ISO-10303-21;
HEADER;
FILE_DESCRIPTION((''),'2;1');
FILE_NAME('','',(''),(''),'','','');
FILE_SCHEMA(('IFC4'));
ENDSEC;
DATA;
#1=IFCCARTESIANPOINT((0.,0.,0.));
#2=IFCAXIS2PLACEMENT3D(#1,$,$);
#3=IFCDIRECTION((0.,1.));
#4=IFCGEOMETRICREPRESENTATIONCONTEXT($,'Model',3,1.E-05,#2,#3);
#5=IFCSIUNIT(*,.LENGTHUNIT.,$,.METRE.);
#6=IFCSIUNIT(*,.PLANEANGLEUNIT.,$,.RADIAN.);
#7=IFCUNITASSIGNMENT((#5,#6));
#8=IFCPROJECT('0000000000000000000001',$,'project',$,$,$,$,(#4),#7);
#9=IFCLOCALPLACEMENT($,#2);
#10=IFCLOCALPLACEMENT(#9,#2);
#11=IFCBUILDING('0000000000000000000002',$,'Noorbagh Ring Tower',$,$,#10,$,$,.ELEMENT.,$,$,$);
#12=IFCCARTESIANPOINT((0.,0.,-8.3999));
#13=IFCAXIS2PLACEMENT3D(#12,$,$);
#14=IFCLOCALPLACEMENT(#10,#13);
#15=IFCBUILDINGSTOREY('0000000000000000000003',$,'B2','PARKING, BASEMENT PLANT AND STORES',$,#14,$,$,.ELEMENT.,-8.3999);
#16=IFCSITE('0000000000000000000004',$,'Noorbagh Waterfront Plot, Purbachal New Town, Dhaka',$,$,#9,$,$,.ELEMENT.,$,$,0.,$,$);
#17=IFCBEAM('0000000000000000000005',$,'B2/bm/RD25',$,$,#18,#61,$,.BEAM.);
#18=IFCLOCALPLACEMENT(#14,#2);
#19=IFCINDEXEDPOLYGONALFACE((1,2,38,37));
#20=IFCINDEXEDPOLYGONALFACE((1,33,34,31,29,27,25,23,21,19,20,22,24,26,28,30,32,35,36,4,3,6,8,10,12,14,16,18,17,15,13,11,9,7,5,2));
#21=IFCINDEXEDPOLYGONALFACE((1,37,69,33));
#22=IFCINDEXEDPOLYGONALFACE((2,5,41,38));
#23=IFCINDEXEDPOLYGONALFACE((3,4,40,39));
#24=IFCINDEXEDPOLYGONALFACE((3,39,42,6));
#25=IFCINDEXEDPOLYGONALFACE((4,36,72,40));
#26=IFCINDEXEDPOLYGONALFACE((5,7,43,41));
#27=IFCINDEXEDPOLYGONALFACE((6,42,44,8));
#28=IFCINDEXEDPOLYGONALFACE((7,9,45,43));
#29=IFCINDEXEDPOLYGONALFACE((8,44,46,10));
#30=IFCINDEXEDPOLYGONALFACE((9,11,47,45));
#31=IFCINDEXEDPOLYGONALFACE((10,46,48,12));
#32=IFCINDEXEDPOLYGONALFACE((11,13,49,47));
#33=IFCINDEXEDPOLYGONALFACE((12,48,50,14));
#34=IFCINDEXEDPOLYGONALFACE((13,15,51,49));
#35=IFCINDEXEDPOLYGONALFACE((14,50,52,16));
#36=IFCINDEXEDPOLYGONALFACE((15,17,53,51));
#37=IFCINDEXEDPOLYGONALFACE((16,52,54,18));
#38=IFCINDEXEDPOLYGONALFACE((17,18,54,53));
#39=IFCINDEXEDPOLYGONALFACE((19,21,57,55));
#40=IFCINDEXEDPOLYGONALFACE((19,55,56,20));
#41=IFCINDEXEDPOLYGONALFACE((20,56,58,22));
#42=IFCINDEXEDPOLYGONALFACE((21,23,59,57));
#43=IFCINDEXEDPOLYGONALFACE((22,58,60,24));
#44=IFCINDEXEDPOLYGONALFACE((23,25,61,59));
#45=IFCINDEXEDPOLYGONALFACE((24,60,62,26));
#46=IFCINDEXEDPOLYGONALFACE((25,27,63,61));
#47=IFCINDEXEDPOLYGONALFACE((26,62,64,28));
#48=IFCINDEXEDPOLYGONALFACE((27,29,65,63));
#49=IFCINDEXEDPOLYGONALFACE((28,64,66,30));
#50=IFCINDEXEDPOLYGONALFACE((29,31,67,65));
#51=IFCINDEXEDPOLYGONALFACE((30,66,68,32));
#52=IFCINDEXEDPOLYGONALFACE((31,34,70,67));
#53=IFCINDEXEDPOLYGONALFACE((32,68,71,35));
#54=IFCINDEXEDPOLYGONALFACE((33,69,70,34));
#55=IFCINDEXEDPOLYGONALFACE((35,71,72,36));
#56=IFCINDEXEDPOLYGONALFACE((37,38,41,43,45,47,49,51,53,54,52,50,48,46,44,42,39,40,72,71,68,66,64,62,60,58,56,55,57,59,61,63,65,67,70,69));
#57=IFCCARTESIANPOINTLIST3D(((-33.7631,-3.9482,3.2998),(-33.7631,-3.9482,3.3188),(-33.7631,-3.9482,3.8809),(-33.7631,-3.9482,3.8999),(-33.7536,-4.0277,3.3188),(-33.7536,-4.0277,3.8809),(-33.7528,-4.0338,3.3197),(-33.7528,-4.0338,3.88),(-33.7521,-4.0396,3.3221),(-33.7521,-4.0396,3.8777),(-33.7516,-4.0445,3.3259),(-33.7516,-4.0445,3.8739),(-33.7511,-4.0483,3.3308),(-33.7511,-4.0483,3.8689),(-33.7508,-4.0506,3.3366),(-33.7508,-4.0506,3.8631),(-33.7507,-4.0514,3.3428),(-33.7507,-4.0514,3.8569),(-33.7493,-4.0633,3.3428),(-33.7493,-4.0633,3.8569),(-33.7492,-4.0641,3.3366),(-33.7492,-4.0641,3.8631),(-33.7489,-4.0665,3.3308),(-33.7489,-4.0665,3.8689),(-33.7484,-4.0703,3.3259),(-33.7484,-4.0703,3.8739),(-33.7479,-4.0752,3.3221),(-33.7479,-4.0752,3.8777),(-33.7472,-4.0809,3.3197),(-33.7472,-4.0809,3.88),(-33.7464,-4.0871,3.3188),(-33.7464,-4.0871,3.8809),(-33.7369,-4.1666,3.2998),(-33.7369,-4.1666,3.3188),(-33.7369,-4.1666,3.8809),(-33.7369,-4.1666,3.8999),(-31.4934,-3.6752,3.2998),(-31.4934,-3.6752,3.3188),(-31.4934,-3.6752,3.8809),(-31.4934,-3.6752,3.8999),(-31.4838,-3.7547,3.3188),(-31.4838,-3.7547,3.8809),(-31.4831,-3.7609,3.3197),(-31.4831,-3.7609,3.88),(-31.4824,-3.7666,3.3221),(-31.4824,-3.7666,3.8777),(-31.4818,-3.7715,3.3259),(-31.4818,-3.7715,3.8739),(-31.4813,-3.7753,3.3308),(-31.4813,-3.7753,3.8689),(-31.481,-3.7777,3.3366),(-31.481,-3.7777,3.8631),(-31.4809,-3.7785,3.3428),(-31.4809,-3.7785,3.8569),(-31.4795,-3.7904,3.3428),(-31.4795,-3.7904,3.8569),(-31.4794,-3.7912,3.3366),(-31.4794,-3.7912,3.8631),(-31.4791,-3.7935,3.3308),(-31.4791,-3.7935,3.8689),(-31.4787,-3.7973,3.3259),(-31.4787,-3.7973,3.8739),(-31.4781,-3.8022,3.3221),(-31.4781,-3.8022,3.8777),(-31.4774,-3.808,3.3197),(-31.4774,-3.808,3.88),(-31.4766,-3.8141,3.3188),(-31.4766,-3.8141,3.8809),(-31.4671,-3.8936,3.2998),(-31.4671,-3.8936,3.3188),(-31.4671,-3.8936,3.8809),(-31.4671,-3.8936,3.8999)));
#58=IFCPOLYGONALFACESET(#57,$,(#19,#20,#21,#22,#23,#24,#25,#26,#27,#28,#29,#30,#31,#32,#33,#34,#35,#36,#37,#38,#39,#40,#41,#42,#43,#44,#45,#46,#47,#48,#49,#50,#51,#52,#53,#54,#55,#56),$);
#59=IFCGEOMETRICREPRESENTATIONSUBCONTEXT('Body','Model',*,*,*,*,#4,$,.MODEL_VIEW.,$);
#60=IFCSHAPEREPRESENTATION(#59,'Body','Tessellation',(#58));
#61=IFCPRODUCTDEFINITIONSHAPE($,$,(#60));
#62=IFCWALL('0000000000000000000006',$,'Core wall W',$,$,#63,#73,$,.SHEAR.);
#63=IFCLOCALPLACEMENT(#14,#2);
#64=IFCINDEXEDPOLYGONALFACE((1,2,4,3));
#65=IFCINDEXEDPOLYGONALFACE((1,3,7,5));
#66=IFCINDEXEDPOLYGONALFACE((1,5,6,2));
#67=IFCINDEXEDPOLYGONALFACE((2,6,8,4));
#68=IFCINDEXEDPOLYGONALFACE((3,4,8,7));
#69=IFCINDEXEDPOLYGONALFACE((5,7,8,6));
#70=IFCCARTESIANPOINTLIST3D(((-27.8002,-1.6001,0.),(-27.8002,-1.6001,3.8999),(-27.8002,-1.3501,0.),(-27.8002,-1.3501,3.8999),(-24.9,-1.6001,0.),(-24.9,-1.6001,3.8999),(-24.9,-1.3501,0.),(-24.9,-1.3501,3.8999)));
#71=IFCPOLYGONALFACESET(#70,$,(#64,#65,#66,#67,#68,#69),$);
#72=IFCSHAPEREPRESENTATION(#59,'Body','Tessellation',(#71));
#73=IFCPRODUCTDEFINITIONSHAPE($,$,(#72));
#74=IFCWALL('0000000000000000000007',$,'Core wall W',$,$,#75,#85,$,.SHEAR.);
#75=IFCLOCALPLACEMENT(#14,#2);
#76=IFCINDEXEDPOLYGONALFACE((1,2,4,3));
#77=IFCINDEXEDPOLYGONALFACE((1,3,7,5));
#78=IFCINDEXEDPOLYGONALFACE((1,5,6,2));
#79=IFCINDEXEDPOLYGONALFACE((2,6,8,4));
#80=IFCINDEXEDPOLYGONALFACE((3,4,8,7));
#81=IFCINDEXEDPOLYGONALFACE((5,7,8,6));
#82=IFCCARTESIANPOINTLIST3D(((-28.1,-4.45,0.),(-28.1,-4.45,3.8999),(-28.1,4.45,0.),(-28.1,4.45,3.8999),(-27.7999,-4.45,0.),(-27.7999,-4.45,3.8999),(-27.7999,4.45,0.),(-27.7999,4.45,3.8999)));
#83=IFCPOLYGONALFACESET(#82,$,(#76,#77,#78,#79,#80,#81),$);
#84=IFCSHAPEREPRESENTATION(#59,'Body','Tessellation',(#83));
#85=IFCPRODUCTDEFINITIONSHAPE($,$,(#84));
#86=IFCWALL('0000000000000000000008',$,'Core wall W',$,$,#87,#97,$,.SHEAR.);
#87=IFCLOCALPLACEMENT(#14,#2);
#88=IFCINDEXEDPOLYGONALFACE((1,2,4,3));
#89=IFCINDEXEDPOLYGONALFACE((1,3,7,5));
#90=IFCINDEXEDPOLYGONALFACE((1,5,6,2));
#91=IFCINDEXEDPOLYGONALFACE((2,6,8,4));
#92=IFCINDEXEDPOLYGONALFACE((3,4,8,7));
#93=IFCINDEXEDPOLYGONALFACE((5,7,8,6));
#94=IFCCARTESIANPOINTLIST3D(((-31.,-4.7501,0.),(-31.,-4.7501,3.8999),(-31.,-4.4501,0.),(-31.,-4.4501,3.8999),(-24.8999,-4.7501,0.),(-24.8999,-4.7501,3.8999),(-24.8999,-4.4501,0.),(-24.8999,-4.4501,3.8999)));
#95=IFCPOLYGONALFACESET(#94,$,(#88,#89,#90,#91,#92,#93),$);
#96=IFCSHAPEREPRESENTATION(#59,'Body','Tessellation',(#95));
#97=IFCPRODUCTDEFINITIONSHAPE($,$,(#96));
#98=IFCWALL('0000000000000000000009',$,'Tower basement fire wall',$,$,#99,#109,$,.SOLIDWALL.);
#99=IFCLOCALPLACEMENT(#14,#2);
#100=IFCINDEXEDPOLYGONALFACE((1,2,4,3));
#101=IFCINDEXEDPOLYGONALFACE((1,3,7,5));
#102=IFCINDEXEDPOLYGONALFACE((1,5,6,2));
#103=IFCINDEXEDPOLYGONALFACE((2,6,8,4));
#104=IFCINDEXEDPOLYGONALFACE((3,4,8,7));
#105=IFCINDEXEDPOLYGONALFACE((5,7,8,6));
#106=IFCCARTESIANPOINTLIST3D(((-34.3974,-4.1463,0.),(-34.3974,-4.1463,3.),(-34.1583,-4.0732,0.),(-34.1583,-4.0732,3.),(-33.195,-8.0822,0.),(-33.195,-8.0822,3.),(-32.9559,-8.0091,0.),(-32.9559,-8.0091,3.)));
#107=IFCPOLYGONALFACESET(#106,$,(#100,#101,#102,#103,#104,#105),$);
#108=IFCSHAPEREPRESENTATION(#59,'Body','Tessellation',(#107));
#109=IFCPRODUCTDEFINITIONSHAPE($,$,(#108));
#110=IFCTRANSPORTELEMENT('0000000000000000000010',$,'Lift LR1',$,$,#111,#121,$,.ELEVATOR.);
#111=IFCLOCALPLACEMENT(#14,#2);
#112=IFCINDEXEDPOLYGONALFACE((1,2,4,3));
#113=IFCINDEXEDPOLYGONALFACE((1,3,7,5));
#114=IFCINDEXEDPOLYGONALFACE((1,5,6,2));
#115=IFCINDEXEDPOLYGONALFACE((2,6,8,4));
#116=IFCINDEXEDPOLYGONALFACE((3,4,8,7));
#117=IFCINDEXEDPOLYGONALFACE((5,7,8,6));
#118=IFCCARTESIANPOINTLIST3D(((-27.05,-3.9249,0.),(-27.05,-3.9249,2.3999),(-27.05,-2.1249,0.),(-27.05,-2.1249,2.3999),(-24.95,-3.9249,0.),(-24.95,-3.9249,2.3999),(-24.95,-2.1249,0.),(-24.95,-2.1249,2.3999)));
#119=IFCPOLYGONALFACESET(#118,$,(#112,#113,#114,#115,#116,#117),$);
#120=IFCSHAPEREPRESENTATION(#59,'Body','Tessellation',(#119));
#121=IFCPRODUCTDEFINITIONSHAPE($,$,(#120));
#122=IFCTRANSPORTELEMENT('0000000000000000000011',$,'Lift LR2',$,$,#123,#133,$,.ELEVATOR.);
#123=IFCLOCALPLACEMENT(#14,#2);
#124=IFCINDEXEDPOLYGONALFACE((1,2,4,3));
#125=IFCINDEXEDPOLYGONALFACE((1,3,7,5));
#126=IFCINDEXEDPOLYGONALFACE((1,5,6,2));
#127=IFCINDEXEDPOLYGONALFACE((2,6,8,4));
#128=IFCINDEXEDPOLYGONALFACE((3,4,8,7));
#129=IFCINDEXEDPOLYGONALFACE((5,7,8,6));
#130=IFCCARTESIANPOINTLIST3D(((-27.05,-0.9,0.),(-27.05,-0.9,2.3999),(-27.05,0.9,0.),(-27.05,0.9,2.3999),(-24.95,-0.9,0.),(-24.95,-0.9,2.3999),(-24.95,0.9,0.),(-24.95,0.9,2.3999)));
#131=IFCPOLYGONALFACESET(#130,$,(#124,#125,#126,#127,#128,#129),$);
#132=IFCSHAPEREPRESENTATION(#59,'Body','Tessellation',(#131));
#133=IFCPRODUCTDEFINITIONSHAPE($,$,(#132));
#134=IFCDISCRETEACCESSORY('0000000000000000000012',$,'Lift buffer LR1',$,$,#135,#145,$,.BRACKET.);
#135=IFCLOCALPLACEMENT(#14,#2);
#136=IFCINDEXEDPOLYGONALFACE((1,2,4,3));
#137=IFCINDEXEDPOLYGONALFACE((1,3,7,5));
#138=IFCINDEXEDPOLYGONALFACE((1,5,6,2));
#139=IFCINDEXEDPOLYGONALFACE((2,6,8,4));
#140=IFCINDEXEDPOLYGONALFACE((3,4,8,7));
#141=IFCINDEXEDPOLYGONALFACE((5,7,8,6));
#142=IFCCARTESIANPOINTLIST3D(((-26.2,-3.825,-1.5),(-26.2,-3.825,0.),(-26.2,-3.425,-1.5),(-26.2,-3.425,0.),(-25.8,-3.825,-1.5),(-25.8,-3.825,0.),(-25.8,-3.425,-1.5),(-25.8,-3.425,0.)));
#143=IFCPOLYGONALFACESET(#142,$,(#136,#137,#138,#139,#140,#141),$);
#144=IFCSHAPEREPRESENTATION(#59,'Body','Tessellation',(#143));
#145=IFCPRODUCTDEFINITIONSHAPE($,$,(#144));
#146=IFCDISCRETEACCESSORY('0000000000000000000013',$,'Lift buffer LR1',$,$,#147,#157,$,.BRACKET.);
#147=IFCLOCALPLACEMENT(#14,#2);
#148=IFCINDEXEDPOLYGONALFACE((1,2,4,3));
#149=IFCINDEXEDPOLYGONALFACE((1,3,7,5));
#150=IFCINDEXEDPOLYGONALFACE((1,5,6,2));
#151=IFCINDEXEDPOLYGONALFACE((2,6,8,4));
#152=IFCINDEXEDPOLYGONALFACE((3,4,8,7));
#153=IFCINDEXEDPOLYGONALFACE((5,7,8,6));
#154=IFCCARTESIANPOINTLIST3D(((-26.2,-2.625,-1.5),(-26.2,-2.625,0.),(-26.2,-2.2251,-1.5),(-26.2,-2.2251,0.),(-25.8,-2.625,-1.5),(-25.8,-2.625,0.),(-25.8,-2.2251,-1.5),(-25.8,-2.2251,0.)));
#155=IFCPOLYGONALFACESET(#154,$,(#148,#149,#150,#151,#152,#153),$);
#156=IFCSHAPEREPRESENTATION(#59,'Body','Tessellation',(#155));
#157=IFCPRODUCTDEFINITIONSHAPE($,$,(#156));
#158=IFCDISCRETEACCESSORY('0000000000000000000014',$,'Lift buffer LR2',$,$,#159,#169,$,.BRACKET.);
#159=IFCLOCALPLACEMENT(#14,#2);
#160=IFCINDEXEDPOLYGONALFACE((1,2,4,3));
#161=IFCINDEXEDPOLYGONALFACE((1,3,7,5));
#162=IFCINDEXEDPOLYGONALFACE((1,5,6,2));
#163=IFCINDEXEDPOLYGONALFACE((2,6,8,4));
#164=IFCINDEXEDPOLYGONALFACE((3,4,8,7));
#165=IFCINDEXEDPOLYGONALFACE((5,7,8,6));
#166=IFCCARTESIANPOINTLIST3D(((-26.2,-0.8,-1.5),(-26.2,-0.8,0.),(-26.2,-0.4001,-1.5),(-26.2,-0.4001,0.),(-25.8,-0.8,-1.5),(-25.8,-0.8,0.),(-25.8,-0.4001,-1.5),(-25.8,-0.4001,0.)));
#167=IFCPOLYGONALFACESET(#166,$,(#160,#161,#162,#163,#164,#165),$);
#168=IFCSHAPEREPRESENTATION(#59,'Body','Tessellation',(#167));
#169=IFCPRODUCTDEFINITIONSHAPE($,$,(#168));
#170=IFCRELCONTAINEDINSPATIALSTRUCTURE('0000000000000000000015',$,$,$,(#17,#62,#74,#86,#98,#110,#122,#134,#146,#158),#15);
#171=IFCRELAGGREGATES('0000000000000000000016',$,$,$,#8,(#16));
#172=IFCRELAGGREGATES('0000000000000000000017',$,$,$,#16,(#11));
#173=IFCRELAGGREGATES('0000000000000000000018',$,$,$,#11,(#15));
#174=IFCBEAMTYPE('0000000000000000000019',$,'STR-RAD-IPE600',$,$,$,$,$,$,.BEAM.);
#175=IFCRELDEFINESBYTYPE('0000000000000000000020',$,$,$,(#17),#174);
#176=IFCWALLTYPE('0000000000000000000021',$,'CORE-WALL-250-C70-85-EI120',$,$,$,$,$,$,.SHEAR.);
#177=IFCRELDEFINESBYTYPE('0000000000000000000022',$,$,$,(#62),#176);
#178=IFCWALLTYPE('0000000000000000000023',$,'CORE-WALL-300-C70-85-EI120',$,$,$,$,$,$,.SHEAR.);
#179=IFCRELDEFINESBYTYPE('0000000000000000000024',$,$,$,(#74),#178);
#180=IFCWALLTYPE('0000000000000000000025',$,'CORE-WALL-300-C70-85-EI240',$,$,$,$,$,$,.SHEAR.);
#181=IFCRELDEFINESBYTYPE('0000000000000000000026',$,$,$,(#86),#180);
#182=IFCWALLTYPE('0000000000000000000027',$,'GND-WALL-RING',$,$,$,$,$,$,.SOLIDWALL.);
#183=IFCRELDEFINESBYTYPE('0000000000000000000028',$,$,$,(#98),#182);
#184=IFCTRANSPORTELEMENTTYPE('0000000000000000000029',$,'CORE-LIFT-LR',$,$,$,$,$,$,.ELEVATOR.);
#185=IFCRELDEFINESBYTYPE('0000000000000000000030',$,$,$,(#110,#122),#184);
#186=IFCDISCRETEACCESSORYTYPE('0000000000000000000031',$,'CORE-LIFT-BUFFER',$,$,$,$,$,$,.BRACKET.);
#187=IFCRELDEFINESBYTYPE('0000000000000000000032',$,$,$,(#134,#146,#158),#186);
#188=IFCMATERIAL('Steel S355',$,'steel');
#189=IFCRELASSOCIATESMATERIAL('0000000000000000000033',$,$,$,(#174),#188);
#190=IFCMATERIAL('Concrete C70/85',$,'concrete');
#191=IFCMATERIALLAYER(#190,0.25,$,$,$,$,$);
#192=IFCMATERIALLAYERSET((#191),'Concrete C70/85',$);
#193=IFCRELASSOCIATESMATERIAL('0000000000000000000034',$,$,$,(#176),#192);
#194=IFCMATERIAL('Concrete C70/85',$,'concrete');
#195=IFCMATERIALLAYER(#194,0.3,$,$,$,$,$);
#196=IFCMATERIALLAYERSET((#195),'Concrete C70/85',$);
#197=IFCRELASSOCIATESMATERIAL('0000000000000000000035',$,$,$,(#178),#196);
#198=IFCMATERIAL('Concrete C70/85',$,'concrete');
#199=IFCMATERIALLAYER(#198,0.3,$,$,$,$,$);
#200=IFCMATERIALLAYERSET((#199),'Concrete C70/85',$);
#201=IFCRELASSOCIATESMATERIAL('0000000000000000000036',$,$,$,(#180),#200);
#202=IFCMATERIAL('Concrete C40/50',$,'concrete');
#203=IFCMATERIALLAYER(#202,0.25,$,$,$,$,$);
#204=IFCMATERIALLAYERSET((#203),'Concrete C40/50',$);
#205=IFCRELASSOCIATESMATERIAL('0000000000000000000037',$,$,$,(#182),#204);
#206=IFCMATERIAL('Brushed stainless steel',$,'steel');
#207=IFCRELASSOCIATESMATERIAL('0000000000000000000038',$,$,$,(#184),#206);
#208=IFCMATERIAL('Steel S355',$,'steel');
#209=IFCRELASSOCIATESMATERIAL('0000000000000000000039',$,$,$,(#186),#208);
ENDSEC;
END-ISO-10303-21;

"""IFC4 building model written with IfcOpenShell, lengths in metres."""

from ifc_helpers import new_model, si_unit, direction, frame, frame_2d, origin, origin_2d, place, context, subcontext, project, spatial, rectangle, i_section, extrude, material, layer, layer_set, material_profile, profile_set, type_object, element, save


model = new_model("IFC4")

# Units and contexts
model_context = context("Model", 3, precision=1e-05, world=origin(), true_north=direction((0.0, 1.0)))
body_context = subcontext(model_context, "Body", "Model", "MODEL_VIEW")
ifc_project = project(units=[si_unit("LENGTHUNIT", "METRE"), si_unit("PLANEANGLEUNIT", "RADIAN")], contexts=[model_context])

# Site, building, storey
site_placement = place(None, origin())
site = spatial("IfcSite", under=ifc_project, at=site_placement, Name="Noorbagh Waterfront Plot, Purbachal New Town, Dhaka", CompositionType="ELEMENT", RefElevation=0.0)
building_placement = place(site_placement, origin())
building = spatial("IfcBuilding", under=site, at=building_placement, Name="Noorbagh Ring Tower", CompositionType="ELEMENT")
storey_placement = place(building_placement, frame((0.0, 0.0, -8.3999)))
storey = spatial("IfcBuildingStorey", under=building, at=storey_placement, Name="B2", Description="PARKING, BASEMENT PLANT AND STORES", CompositionType="ELEMENT", Elevation=-8.3999)

# Beam
ifc_material_1 = material(Name="Steel S355", Category="steel")
ifc_material_profile_1 = material_profile(ifc_material_1, i_section(OverallWidth=0.22, OverallDepth=0.6001, WebThickness=0.012, FlangeThickness=0.019, FilletRadius=0.0239, at=origin_2d()), Name="IPE600")
ifc_profile_set_1 = profile_set([ifc_material_profile_1], Name="Steel S355")
beam_type = type_object("IfcBeamType", Name="STR-RAD-IPE600", PredefinedType="BEAM", material=ifc_profile_set_1)
beam_placement = place(storey_placement, frame((-33.75, -4.0574, 3.5999), z_axis=(0.992847, 0.119394, 0.0), x_axis=(-0.119394, 0.992847, 0.0)))
element("IfcBeam", 1, at=beam_placement, inside=storey, type_object=beam_type, Name="B2/bm/RD25", PredefinedType="BEAM", context=body_context, shape_type="SweptSolid", body=[
    extrude(i_section(OverallWidth=0.22, OverallDepth=0.6001, WebThickness=0.012, FlangeThickness=0.019, FilletRadius=0.0239, at=origin_2d()), origin(), (0.0, 0.0, 1.0), 2.2861),
])

# Walls
ifc_material_2 = material(Name="Concrete C70/85", Category="concrete")
ifc_layer_1 = layer(ifc_material_2, 0.25)
ifc_layer_set_1 = layer_set([ifc_layer_1], Name="Concrete C70/85")
wall_type_1 = type_object("IfcWallType", Name="CORE-WALL-250-C70-85-EI120", PredefinedType="SHEAR", material=ifc_layer_set_1)
wall_1_placement = place(storey_placement, frame((-24.8999, -1.4751, 0.0), z_axis=(0.0, 0.0, 1.0), x_axis=(-1.0, 0.0, 0.0)))
element("IfcWall", 2, at=wall_1_placement, inside=storey, type_object=wall_type_1, Name="Core wall W", PredefinedType="SHEAR", context=body_context, shape_type="SweptSolid", body=[
    extrude(rectangle(XDim=2.9001, YDim=0.25, at=frame_2d((1.4502, 0.0))), origin(), (0.0, 0.0, 1.0), 3.8999),
])
ifc_material_3 = material(Name="Concrete C70/85", Category="concrete")
ifc_layer_2 = layer(ifc_material_3, 0.3)
ifc_layer_set_2 = layer_set([ifc_layer_2], Name="Concrete C70/85")
wall_type_2 = type_object("IfcWallType", Name="CORE-WALL-300-C70-85-EI120", PredefinedType="SHEAR", material=ifc_layer_set_2)
wall_2_placement = place(storey_placement, frame((-27.95, -4.45, 0.0), z_axis=(0.0, 0.0, 1.0), x_axis=(0.0, 1.0, 0.0)))
element("IfcWall", 3, at=wall_2_placement, inside=storey, type_object=wall_type_2, Name="Core wall W", PredefinedType="SHEAR", context=body_context, shape_type="SweptSolid", body=[
    extrude(rectangle(XDim=8.8999, YDim=0.3, at=frame_2d((4.45, 0.0))), origin(), (0.0, 0.0, 1.0), 3.8999),
])
ifc_material_4 = material(Name="Concrete C70/85", Category="concrete")
ifc_layer_3 = layer(ifc_material_4, 0.3)
ifc_layer_set_3 = layer_set([ifc_layer_3], Name="Concrete C70/85")
wall_type_3 = type_object("IfcWallType", Name="CORE-WALL-300-C70-85-EI240", PredefinedType="SHEAR", material=ifc_layer_set_3)
wall_3_placement = place(storey_placement, frame((-24.8999, -4.6001, 0.0), z_axis=(0.0, 0.0, 1.0), x_axis=(-1.0, 0.0, 0.0)))
element("IfcWall", 4, at=wall_3_placement, inside=storey, type_object=wall_type_3, Name="Core wall W", PredefinedType="SHEAR", context=body_context, shape_type="SweptSolid", body=[
    extrude(rectangle(XDim=6.1001, YDim=0.3, at=frame_2d((3.05, 0.0))), origin(), (0.0, 0.0, 1.0), 3.8999),
])
ifc_material_5 = material(Name="Concrete C40/50", Category="concrete")
ifc_layer_4 = layer(ifc_material_5, 0.25)
ifc_layer_set_4 = layer_set([ifc_layer_4], Name="Concrete C40/50")
wall_type_4 = type_object("IfcWallType", Name="GND-WALL-RING", PredefinedType="SOLIDWALL", material=ifc_layer_set_4)
wall_4_placement = place(storey_placement, frame((-34.2778, -4.1099, 0.0), z_axis=(0.0, 0.0, 1.0), x_axis=(0.292172, -0.956366, 0.0)))
element("IfcWall", 5, at=wall_4_placement, inside=storey, type_object=wall_type_4, Name="Tower basement fire wall", PredefinedType="SOLIDWALL", context=body_context, shape_type="SweptSolid", body=[
    extrude(rectangle(XDim=4.1155, YDim=0.25, at=frame_2d((2.0576, 0.0))), origin(), (0.0, 0.0, 1.0), 3.0),
])

# Transport elements
ifc_material_6 = material(Name="Brushed stainless steel", Category="steel")
transport_element_type = type_object("IfcTransportElementType", Name="CORE-LIFT-LR", PredefinedType="ELEVATOR", material=ifc_material_6)
for number, where, z_axis, x_axis, name in (
    (6, (-26.0, -3.0249, 0.0), (0.0, 0.0, 1.0), (1.0, 0.0, 0.0), "Lift LR1"),
    (7, (-26.0, 0.0, 0.0), (0.0, 0.0, 1.0), (1.0, 0.0, 0.0), "Lift LR2"),
):
    element("IfcTransportElement", number, at=place(storey_placement, frame(where, z_axis=z_axis, x_axis=x_axis)), inside=storey, type_object=transport_element_type, Name=name, PredefinedType="ELEVATOR", context=body_context, shape_type="SweptSolid", body=[
        extrude(rectangle(XDim=2.1001, YDim=1.8, at=origin_2d()), origin(), (0.0, 0.0, 1.0), 2.3999),
    ])

# Discrete accessories
ifc_material_7 = material(Name="Steel S355", Category="steel")
discrete_accessory_type = type_object("IfcDiscreteAccessoryType", Name="CORE-LIFT-BUFFER", PredefinedType="BRACKET", material=ifc_material_7)
for number, where, z_axis, x_axis, name in (
    (8, (-26.0, -3.625, -1.5), (0.0, 0.0, 1.0), (1.0, 0.0, 0.0), "Lift buffer LR1"),
    (9, (-26.0, -2.425, -1.5), (0.0, 0.0, 1.0), (1.0, 0.0, 0.0), "Lift buffer LR1"),
    (10, (-26.0, -0.6001, -1.5), (0.0, 0.0, 1.0), (1.0, 0.0, 0.0), "Lift buffer LR2"),
):
    element("IfcDiscreteAccessory", number, at=place(storey_placement, frame(where, z_axis=z_axis, x_axis=x_axis)), inside=storey, type_object=discrete_accessory_type, Name=name, PredefinedType="BRACKET", context=body_context, shape_type="SweptSolid", body=[
        extrude(rectangle(XDim=0.3999, YDim=0.3999, at=origin_2d()), origin(), (0.0, 0.0, 1.0), 1.5),
    ])

save(model, "model.ifc")
